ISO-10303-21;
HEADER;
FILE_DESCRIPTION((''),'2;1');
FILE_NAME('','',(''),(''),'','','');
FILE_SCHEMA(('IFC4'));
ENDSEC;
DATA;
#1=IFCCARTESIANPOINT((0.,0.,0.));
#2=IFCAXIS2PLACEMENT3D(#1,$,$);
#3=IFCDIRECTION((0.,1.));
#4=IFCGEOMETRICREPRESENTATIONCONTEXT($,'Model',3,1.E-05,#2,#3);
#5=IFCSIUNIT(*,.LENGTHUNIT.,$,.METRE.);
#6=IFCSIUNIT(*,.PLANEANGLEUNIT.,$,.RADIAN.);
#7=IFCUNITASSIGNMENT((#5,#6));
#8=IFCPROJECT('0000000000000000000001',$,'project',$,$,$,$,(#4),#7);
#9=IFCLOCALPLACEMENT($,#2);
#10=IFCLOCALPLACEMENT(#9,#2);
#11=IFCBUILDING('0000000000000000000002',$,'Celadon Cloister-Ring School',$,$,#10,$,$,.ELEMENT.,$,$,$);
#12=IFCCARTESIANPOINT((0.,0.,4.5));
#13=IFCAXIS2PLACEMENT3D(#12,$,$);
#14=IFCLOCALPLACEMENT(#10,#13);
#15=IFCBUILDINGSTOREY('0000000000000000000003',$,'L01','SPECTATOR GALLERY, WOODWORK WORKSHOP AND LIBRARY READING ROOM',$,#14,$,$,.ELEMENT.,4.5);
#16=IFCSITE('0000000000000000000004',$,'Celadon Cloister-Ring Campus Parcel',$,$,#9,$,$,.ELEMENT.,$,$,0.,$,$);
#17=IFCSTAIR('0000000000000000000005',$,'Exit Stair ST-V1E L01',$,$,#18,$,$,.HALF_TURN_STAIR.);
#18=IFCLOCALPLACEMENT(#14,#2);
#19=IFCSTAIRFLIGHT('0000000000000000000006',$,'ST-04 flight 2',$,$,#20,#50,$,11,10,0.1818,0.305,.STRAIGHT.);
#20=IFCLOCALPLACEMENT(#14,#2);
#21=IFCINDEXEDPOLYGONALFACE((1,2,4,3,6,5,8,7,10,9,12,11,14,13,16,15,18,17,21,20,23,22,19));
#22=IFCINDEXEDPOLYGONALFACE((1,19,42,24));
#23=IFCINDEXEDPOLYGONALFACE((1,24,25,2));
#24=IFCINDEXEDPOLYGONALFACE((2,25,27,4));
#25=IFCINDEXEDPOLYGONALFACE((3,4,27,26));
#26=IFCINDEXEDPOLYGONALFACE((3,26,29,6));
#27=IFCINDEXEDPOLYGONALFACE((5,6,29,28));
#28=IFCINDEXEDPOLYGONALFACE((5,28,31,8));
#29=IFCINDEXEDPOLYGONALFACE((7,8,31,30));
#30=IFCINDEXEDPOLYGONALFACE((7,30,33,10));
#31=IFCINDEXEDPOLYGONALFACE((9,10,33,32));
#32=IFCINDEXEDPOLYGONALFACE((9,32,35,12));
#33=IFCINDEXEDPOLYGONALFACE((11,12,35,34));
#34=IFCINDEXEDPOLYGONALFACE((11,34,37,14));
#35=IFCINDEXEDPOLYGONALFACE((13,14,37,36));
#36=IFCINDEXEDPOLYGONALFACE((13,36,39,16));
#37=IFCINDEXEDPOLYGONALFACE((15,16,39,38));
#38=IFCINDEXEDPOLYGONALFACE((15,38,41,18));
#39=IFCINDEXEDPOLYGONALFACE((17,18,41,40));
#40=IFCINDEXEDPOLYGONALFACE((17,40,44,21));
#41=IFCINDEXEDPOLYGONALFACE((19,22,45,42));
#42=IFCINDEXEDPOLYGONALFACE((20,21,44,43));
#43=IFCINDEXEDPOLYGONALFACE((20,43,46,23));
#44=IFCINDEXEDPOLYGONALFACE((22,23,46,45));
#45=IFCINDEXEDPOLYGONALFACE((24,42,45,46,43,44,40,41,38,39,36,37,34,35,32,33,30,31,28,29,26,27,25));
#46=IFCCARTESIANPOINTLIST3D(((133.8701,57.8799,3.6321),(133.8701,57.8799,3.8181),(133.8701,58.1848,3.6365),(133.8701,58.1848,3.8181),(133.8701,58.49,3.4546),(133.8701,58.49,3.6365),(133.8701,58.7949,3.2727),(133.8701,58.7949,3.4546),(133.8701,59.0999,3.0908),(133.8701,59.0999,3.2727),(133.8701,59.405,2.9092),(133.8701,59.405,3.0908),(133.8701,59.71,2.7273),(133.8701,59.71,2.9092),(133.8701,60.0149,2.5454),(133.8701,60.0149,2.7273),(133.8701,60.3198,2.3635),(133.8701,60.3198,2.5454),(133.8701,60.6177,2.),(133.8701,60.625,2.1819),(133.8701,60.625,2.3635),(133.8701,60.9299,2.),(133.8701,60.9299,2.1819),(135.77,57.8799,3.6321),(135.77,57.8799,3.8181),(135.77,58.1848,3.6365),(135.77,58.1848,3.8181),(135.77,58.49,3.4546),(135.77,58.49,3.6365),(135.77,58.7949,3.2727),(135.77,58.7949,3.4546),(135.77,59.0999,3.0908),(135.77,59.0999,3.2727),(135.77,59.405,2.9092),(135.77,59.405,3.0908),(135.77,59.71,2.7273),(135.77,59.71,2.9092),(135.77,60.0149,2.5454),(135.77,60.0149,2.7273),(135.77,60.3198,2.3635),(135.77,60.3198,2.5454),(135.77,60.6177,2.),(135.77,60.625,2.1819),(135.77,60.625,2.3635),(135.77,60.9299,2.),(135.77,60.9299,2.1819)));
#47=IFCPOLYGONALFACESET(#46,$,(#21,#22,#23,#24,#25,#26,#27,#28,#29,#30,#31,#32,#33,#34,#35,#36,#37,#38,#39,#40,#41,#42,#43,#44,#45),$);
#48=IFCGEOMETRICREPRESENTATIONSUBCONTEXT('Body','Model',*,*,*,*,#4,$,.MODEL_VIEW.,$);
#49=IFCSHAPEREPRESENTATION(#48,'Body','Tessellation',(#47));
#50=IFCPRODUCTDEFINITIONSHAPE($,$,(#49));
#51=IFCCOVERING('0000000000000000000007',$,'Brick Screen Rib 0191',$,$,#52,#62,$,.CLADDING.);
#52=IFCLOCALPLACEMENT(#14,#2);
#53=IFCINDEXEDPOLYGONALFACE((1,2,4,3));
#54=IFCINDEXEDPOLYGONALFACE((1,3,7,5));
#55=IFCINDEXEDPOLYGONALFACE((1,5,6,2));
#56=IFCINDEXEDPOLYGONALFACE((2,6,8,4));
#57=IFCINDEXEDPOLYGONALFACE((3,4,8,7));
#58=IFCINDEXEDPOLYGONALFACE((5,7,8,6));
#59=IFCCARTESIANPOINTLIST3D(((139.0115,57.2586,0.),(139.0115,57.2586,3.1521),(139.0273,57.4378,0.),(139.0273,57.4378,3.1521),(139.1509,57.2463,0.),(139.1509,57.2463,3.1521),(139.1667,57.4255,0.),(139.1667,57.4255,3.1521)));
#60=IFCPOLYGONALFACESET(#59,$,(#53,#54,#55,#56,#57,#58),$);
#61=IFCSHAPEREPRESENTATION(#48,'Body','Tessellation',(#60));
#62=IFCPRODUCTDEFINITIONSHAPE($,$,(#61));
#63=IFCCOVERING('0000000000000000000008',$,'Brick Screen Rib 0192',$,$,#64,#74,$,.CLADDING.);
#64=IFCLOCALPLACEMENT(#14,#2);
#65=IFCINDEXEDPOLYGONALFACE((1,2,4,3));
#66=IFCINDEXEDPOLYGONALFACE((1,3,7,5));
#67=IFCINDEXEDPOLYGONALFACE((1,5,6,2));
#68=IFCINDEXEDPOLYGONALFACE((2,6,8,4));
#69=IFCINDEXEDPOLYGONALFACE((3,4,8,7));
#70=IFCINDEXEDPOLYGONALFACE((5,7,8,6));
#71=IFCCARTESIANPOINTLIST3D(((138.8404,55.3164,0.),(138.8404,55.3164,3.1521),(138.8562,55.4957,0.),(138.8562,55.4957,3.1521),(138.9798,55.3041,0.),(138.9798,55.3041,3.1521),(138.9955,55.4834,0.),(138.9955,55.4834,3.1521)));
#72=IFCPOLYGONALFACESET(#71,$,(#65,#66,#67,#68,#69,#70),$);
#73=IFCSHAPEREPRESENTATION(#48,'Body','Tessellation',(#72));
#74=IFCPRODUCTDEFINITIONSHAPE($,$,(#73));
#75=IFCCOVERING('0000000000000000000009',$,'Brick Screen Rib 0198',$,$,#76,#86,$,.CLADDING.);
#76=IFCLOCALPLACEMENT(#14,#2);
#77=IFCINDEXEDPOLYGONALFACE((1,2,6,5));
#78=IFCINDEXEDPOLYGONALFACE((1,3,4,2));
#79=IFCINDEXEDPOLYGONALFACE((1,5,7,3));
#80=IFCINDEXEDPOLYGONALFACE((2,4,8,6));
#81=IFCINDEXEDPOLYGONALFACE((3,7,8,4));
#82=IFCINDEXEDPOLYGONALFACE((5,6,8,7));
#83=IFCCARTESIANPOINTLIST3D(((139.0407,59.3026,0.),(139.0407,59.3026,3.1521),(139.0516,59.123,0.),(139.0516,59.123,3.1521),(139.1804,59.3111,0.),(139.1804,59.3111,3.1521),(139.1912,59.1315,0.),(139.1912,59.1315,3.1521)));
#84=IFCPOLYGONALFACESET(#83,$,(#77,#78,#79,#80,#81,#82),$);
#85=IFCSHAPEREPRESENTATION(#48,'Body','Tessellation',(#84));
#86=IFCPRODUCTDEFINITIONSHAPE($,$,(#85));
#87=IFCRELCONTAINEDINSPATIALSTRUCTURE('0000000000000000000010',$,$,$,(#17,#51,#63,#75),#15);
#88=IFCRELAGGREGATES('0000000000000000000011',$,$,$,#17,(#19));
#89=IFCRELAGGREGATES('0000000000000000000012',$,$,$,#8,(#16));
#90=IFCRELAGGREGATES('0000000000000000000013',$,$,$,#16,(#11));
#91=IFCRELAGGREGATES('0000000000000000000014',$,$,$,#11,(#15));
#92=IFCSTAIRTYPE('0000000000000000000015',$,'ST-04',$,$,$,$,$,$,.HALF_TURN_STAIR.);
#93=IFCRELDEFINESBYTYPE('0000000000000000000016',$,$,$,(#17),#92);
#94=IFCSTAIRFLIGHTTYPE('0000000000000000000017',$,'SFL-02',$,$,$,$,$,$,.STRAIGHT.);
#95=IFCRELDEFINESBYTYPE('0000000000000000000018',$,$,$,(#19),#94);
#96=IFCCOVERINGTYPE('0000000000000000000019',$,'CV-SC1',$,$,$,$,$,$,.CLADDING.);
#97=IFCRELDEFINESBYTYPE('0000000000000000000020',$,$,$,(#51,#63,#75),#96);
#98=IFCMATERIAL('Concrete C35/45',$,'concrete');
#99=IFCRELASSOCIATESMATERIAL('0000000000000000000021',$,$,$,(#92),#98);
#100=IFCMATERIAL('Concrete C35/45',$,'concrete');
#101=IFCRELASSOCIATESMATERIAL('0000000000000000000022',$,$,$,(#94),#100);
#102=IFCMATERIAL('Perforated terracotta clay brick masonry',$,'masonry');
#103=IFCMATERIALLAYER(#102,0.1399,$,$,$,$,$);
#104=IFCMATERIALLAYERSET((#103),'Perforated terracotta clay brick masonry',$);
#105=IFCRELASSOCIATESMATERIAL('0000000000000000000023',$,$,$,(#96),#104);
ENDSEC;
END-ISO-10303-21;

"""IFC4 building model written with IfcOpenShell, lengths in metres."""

from ifc_helpers import new_model, si_unit, direction, frame, origin, origin_2d, place, context, subcontext, project, spatial, polyline, rectangle, outline, extrude, material, layer, layer_set, type_object, element, aggregate, save


model = new_model("IFC4")

# Units and contexts
model_context = context("Model", 3, precision=1e-05, world=origin(), true_north=direction((0.0, 1.0)))
body_context = subcontext(model_context, "Body", "Model", "MODEL_VIEW")
ifc_project = project(units=[si_unit("LENGTHUNIT", "METRE"), si_unit("PLANEANGLEUNIT", "RADIAN")], contexts=[model_context])

# Site, building, storey
site_placement = place(None, origin())
site = spatial("IfcSite", under=ifc_project, at=site_placement, Name="Celadon Cloister-Ring Campus Parcel", CompositionType="ELEMENT", RefElevation=0.0)
building_placement = place(site_placement, origin())
building = spatial("IfcBuilding", under=site, at=building_placement, Name="Celadon Cloister-Ring School", CompositionType="ELEMENT")
storey_placement = place(building_placement, frame((0.0, 0.0, 4.5)))
storey = spatial("IfcBuildingStorey", under=building, at=storey_placement, Name="L01", Description="SPECTATOR GALLERY, WOODWORK WORKSHOP AND LIBRARY READING ROOM", CompositionType="ELEMENT", Elevation=4.5)

# Stair, stair flight
ifc_material_1 = material(Name="Concrete C35/45", Category="concrete")
stair_type = type_object("IfcStairType", Name="ST-04", PredefinedType="HALF_TURN_STAIR", material=ifc_material_1)
stair_placement = place(storey_placement, origin())
stair = element("IfcStair", 1, at=stair_placement, inside=storey, type_object=stair_type, Name="Exit Stair ST-V1E L01", PredefinedType="HALF_TURN_STAIR")
ifc_material_2 = material(Name="Concrete C35/45", Category="concrete")
stair_flight_type = type_object("IfcStairFlightType", Name="SFL-02", PredefinedType="STRAIGHT", material=ifc_material_2)
stair_flight_1_placement = place(storey_placement, frame((134.8201, 60.9299, 2.0), z_axis=(0.0, 0.0, 1.0), x_axis=(0.0, -1.0, 0.0)))
stair_flight_1 = element("IfcStairFlight", 2, at=stair_flight_1_placement, type_object=stair_flight_type, Name="ST-04 flight 2", NumberOfRisers=11, NumberOfTreads=10, PredefinedType="STRAIGHT", RiserHeight=0.1818, TreadLength=0.305, context=body_context, shape_type="SweptSolid", body=[
    extrude(outline(polyline([(0.0, 0.0), (0.0, 0.1819), (0.3049, 0.1819), (0.3049, 0.3635), (0.6101, 0.3635), (0.6101, 0.5454), (0.915, 0.5454), (0.915, 0.7273), (1.22, 0.7273), (1.22, 0.9092), (1.5249, 0.9092), (1.5249, 1.0908), (1.8301, 1.0908), (1.8301, 1.2727), (2.135, 1.2727), (2.135, 1.4546), (2.4399, 1.4546), (2.4399, 1.6365), (2.7451, 1.6365), (2.7451, 1.8181), (3.05, 1.8181), (3.05, 2.0), (3.05, 1.6321), (0.3123, 0.0), (0.0, 0.0)])), frame((0.0, 0.95, 0.0), z_axis=(0.0, -1.0, 0.0), x_axis=(1.0, 0.0, 0.0)), (0.0, 0.0, 1.0), 1.8999),
])
aggregate(stair, [stair_flight_1])

# Coverings
ifc_material_3 = material(Name="Perforated terracotta clay brick masonry", Category="masonry")
ifc_layer_1 = layer(ifc_material_3, 0.1399)
ifc_layer_set_1 = layer_set([ifc_layer_1], Name="Perforated terracotta clay brick masonry")
covering_type = type_object("IfcCoveringType", Name="CV-SC1", PredefinedType="CLADDING", material=ifc_layer_set_1)
for number, where, z_axis, x_axis, name in (
    (3, (139.0891, 57.342, 0.0), (0.0, 0.0, 1.0), (-0.087747, -0.996143, 0.0), "Brick Screen Rib 0191"),
    (4, (138.918, 55.3999, 0.0), (0.0, 0.0, 1.0), (-0.087747, -0.996143, 0.0), "Brick Screen Rib 0192"),
    (5, (139.116, 59.217, 0.0), (0.0, 0.0, 1.0), (0.060282, -0.998181, 0.0), "Brick Screen Rib 0198"),
):
    element("IfcCovering", number, at=place(storey_placement, frame(where, z_axis=z_axis, x_axis=x_axis)), inside=storey, type_object=covering_type, Name=name, PredefinedType="CLADDING", context=body_context, shape_type="SweptSolid", body=[
        extrude(rectangle(XDim=0.1799, YDim=0.1399, at=origin_2d()), origin(), (0.0, 0.0, 1.0), 3.1521),
    ])

save(model, "model.ifc")
